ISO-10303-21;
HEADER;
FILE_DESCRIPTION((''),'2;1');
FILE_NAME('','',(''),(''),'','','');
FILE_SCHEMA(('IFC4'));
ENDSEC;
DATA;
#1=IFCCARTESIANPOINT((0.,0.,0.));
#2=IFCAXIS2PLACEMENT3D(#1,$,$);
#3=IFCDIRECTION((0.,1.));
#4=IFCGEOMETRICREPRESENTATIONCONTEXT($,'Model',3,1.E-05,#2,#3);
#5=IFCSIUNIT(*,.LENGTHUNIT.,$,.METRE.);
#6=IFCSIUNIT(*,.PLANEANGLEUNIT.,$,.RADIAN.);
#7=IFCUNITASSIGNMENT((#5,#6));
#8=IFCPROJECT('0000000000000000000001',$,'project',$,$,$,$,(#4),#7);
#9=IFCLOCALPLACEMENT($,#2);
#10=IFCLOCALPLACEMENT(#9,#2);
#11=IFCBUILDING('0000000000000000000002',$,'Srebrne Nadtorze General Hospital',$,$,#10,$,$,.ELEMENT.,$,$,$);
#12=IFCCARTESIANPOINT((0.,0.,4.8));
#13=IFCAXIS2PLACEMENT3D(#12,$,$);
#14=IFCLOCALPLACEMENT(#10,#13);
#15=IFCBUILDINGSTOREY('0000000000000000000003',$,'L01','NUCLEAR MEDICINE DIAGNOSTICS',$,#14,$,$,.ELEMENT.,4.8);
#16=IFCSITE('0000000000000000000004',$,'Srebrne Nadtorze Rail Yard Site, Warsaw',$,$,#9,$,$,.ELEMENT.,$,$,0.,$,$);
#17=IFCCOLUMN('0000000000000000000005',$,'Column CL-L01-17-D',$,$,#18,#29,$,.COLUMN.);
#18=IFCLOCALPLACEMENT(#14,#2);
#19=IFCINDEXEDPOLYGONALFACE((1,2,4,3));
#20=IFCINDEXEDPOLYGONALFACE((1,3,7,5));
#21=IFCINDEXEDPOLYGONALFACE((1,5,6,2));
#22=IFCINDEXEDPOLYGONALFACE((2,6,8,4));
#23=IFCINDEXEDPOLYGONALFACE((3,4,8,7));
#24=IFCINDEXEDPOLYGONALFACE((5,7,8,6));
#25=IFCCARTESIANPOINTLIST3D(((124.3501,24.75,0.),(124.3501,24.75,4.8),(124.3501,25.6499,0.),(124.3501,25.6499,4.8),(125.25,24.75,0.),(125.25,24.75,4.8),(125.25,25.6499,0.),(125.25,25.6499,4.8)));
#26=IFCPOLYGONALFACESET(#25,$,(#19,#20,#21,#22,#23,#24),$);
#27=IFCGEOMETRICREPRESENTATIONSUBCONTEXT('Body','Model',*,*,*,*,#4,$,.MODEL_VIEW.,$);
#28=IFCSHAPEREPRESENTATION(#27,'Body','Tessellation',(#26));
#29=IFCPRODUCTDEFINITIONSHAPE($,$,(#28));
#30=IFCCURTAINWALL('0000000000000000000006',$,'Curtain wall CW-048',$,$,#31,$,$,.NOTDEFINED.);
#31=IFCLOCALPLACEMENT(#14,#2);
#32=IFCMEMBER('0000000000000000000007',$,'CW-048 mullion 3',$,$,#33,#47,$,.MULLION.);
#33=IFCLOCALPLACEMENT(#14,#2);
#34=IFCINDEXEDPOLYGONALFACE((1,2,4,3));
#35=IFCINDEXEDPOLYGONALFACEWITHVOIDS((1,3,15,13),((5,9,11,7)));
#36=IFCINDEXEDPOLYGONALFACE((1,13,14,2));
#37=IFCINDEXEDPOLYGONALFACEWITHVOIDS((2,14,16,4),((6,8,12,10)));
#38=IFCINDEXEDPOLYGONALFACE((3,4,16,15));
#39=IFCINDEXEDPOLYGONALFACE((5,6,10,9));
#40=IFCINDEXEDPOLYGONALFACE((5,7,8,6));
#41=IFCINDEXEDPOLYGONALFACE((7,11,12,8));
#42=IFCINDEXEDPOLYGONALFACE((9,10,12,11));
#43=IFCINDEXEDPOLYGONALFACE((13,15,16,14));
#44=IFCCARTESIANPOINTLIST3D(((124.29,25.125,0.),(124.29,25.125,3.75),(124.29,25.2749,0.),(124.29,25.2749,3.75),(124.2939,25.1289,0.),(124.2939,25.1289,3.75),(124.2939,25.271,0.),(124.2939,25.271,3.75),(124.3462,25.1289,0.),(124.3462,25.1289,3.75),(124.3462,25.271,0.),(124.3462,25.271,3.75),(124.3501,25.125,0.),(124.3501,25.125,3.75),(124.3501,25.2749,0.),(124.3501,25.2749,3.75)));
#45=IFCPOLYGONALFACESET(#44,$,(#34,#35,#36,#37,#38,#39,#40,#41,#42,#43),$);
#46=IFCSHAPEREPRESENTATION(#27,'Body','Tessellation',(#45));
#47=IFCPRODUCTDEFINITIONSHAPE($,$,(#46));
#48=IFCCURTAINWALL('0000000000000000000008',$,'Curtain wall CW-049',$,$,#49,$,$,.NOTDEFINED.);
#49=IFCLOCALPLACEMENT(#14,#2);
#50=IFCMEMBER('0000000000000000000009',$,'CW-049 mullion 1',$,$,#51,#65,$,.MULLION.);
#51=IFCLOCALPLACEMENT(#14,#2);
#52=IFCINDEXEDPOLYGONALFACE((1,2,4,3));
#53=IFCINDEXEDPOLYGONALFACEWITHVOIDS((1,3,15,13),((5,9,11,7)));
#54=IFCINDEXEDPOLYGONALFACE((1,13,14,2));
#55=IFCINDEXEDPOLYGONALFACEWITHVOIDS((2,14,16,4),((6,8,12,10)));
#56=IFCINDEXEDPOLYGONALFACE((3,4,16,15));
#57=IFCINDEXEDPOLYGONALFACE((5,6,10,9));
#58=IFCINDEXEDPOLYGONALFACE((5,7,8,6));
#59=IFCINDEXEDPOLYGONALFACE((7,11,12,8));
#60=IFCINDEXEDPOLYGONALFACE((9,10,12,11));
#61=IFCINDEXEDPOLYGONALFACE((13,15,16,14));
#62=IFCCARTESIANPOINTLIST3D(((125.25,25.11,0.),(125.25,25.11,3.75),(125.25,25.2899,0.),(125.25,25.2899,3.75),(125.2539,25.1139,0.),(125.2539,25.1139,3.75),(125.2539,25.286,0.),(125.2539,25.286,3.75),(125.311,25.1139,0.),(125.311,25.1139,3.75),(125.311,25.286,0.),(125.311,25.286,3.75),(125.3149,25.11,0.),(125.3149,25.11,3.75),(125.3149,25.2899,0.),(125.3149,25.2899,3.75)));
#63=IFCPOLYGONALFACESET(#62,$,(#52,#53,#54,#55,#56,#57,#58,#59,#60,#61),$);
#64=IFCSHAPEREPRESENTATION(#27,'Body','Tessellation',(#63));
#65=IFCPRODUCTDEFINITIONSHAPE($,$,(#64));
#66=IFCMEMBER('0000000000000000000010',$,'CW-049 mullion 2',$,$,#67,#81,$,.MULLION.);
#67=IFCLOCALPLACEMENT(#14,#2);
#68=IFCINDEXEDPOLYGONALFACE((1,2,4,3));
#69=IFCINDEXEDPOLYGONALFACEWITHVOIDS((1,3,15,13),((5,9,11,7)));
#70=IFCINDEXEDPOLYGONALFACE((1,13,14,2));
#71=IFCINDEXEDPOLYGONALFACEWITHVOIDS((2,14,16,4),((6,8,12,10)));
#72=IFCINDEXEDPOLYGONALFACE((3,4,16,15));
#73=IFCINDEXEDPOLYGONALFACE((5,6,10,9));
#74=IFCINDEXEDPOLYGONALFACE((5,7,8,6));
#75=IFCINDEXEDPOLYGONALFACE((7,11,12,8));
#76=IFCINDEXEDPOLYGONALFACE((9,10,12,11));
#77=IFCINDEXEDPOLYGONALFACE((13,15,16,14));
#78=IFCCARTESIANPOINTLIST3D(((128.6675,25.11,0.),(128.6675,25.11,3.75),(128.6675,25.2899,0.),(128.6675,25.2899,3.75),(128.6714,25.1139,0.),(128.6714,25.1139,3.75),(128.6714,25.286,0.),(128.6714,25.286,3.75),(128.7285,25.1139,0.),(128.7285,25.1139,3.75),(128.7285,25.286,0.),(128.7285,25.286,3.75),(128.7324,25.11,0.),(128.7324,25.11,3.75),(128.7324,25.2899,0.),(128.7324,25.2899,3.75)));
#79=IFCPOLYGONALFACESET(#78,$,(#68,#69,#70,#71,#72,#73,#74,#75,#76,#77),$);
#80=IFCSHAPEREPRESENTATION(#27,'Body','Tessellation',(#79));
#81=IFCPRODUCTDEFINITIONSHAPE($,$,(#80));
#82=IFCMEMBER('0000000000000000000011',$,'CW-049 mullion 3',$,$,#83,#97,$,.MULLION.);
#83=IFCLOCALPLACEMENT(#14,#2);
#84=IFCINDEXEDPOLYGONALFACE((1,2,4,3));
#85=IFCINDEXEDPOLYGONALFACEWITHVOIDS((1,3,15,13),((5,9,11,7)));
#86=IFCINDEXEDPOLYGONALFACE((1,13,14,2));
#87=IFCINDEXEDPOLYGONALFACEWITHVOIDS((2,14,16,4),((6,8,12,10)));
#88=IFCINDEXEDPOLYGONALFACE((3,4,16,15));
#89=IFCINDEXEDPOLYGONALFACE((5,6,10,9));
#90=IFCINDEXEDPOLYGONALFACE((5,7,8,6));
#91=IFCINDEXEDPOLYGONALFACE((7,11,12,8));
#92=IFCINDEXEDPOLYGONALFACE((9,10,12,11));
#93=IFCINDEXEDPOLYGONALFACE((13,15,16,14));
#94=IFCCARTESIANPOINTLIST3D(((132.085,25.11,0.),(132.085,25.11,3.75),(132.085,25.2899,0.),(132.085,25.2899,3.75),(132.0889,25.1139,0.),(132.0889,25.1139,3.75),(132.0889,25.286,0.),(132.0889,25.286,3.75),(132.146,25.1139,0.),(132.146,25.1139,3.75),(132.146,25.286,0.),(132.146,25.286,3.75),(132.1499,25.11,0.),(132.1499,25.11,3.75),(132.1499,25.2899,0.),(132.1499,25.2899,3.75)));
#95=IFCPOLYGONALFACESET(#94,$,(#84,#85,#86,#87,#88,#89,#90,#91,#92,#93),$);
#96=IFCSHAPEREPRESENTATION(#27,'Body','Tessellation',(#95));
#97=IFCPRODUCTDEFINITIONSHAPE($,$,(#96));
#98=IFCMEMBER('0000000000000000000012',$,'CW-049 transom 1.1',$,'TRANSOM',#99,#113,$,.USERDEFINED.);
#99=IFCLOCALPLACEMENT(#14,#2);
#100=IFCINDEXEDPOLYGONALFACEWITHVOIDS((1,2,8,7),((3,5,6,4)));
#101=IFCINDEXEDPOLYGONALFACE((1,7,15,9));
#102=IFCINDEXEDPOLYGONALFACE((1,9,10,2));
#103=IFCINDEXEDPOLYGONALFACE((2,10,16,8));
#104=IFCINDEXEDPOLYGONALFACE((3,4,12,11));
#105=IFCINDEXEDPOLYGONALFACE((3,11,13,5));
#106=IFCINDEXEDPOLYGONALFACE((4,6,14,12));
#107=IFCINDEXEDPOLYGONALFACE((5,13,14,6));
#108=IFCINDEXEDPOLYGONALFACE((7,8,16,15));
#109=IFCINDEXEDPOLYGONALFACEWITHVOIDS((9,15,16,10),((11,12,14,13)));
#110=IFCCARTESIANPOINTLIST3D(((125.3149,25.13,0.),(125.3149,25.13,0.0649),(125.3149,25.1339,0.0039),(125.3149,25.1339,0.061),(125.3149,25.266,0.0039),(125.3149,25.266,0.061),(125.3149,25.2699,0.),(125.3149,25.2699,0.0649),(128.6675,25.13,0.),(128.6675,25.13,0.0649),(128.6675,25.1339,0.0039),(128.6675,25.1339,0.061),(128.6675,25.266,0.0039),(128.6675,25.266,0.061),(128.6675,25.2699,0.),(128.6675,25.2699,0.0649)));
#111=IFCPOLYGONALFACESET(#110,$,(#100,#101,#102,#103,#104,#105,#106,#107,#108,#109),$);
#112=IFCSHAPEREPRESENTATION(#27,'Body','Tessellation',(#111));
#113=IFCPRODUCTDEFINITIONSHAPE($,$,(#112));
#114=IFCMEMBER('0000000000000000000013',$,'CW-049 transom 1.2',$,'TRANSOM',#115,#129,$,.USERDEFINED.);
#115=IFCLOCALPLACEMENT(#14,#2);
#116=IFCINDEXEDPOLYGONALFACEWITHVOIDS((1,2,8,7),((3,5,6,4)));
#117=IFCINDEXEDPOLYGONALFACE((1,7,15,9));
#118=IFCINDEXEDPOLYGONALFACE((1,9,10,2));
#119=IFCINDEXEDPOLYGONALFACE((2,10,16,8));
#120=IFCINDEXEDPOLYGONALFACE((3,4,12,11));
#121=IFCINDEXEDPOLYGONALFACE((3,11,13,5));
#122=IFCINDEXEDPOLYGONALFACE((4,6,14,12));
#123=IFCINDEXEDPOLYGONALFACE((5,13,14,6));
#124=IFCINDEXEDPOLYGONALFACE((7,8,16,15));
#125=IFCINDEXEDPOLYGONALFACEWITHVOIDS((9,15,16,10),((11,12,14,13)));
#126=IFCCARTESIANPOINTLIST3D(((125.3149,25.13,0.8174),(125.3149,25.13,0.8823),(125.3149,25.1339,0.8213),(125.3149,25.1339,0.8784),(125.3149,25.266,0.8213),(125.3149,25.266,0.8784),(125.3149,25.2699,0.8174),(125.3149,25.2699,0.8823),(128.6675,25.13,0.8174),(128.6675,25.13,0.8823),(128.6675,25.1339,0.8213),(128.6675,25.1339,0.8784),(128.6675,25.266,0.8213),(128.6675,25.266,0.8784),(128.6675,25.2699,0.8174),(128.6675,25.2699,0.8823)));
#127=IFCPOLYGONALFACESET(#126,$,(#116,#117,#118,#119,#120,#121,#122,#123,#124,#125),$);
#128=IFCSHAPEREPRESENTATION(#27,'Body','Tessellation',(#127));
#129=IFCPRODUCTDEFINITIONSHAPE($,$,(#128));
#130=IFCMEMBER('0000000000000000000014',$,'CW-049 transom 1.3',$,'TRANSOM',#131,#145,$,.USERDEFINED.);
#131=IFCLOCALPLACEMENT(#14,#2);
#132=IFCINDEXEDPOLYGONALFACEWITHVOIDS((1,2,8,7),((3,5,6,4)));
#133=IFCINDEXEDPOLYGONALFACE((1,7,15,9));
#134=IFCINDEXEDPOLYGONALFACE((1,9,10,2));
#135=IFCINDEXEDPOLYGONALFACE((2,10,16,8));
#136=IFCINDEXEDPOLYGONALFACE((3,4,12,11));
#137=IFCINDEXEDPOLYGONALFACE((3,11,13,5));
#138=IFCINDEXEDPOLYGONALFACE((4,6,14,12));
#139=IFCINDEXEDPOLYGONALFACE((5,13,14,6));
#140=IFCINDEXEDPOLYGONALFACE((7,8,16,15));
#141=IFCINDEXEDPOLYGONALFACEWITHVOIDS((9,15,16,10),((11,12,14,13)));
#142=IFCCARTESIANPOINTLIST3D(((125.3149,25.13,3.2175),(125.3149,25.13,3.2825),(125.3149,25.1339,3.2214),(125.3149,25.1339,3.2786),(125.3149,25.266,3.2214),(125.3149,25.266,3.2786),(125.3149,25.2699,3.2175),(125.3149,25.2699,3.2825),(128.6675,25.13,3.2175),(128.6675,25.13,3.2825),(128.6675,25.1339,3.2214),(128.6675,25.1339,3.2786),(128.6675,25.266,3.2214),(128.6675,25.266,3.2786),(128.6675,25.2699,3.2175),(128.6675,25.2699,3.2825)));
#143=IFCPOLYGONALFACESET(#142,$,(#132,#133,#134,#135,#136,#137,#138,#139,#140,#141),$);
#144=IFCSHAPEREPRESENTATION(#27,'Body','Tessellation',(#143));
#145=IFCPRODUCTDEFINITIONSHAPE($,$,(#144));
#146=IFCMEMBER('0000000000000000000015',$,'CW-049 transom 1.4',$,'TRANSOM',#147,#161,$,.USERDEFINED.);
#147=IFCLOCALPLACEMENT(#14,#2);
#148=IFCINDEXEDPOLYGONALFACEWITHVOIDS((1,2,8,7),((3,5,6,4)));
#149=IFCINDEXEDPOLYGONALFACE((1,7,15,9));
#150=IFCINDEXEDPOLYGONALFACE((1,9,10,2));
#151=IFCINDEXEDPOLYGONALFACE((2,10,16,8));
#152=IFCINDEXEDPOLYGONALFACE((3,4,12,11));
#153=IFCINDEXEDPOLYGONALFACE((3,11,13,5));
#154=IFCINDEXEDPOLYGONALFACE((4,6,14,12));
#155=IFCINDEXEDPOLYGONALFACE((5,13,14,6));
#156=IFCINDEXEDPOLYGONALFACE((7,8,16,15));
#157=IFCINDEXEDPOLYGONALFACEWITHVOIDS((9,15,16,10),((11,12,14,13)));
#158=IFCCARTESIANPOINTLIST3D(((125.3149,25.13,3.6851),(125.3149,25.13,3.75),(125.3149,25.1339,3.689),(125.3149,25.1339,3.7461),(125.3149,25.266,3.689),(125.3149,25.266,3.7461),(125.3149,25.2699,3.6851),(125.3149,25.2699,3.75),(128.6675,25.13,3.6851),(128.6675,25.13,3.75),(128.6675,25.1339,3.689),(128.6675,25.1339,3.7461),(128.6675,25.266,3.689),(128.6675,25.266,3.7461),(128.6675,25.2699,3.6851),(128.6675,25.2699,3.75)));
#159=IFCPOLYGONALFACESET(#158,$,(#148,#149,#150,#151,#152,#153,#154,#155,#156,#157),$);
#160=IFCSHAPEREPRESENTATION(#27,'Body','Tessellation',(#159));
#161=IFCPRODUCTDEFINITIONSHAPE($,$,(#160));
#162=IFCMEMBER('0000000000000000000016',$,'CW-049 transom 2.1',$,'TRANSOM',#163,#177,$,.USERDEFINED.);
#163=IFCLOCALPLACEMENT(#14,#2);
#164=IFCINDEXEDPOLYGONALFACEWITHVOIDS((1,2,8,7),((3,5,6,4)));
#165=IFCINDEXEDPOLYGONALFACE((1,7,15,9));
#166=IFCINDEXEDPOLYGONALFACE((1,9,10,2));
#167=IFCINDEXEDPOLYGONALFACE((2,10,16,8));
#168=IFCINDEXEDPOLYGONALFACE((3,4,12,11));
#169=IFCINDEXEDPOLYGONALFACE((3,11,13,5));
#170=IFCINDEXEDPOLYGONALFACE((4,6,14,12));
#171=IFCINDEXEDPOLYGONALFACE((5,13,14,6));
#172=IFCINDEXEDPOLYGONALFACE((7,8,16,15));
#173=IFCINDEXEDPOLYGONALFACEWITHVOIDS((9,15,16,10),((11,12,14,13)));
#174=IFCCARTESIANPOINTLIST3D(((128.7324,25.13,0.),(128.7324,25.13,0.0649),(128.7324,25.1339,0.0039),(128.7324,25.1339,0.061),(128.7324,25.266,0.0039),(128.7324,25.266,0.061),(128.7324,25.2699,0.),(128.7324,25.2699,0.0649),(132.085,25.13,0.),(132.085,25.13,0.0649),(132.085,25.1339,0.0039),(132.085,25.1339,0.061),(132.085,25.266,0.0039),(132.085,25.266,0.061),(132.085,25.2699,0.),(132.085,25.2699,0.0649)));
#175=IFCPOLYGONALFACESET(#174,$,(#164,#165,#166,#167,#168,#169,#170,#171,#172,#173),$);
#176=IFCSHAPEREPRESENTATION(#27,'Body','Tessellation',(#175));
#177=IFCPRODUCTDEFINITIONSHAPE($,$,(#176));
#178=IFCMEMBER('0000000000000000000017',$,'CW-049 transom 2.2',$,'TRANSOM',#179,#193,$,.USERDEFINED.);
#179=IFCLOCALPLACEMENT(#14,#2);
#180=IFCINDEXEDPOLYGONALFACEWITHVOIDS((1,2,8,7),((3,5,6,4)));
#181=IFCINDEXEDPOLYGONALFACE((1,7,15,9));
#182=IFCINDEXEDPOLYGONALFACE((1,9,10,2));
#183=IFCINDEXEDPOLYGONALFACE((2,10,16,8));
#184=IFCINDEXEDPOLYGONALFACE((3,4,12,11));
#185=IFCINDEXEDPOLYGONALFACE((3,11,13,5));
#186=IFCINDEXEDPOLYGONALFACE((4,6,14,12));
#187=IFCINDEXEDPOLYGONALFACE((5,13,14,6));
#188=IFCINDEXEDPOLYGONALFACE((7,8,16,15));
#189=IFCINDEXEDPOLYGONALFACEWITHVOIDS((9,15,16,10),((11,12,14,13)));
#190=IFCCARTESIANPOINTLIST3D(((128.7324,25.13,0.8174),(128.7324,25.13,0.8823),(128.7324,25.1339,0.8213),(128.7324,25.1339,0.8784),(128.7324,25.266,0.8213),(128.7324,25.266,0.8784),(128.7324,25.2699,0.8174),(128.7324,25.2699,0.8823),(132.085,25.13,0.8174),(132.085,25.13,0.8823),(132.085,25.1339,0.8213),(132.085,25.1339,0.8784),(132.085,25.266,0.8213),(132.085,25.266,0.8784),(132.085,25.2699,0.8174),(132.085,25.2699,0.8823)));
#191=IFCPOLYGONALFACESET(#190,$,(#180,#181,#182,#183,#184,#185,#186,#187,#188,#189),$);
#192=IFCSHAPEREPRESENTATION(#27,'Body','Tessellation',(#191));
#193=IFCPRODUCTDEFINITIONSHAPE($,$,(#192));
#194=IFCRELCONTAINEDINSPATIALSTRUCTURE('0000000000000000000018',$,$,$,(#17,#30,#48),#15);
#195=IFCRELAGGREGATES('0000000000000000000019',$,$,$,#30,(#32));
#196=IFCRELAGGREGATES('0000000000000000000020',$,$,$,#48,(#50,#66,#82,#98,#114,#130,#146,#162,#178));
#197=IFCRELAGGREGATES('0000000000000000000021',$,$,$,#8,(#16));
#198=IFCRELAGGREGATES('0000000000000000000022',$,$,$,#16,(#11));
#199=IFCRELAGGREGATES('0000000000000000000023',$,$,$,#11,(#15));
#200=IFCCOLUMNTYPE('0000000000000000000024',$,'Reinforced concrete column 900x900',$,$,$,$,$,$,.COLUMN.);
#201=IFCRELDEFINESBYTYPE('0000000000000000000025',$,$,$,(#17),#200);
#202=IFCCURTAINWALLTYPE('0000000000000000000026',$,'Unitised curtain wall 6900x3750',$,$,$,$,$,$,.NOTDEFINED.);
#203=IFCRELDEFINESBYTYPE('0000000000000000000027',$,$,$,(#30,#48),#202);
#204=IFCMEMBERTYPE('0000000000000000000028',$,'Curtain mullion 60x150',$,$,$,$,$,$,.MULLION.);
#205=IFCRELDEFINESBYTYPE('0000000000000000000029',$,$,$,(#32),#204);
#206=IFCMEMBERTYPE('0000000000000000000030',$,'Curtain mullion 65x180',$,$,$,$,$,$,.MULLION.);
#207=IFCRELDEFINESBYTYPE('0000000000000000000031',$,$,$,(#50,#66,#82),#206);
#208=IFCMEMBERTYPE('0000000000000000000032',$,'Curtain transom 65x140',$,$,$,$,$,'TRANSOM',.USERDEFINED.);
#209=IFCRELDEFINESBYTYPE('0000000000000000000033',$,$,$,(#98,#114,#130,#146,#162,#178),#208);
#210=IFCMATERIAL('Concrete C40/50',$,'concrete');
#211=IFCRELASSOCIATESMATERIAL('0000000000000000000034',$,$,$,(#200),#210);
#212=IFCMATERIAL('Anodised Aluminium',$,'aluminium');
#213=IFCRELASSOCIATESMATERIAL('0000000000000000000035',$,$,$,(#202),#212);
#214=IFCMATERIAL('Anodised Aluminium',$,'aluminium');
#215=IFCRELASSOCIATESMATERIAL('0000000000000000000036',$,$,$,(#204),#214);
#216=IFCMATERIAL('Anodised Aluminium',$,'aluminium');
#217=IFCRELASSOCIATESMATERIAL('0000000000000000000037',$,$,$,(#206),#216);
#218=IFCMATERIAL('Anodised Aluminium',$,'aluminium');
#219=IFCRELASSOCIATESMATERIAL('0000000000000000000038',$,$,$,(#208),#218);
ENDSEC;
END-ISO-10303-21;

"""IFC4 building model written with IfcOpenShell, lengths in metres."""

from ifc_helpers import new_model, si_unit, direction, frame, origin, origin_2d, place, context, subcontext, project, spatial, rectangle, hollow_rectangle, extrude, material, material_profile, profile_set, type_object, element, aggregate, save


model = new_model("IFC4")

# Units and contexts
model_context = context("Model", 3, precision=1e-05, world=origin(), true_north=direction((0.0, 1.0)))
body_context = subcontext(model_context, "Body", "Model", "MODEL_VIEW")
ifc_project = project(units=[si_unit("LENGTHUNIT", "METRE"), si_unit("PLANEANGLEUNIT", "RADIAN")], contexts=[model_context])

# Site, building, storey
site_placement = place(None, origin())
site = spatial("IfcSite", under=ifc_project, at=site_placement, Name="Srebrne Nadtorze Rail Yard Site, Warsaw", CompositionType="ELEMENT", RefElevation=0.0)
building_placement = place(site_placement, origin())
building = spatial("IfcBuilding", under=site, at=building_placement, Name="Srebrne Nadtorze General Hospital", CompositionType="ELEMENT")
storey_placement = place(building_placement, frame((0.0, 0.0, 4.8)))
storey = spatial("IfcBuildingStorey", under=building, at=storey_placement, Name="L01", Description="NUCLEAR MEDICINE DIAGNOSTICS", CompositionType="ELEMENT", Elevation=4.8)

# Column
ifc_material_1 = material(Name="Concrete C40/50", Category="concrete")
ifc_material_profile_1 = material_profile(ifc_material_1, rectangle(XDim=0.8999, YDim=0.8999, at=origin_2d()), Name="RC-COL-900x900")
ifc_profile_set_1 = profile_set([ifc_material_profile_1], Name="Concrete C40/50")
column_type = type_object("IfcColumnType", Name="Reinforced concrete column 900x900", PredefinedType="COLUMN", material=ifc_profile_set_1)
column_placement = place(storey_placement, frame((124.8, 25.2, 0.0), z_axis=(0.0, 0.0, 1.0), x_axis=(1.0, 0.0, 0.0)))
element("IfcColumn", 1, at=column_placement, inside=storey, type_object=column_type, Name="Column CL-L01-17-D", PredefinedType="COLUMN", context=body_context, shape_type="SweptSolid", body=[
    extrude(rectangle(XDim=0.8999, YDim=0.8999, at=origin_2d()), origin(), (0.0, 0.0, 1.0), 4.8),
])

# Curtain wall, member
ifc_material_2 = material(Name="Anodised Aluminium", Category="aluminium")
curtain_wall_type = type_object("IfcCurtainWallType", Name="Unitised curtain wall 6900x3750", PredefinedType="NOTDEFINED", material=ifc_material_2)
curtain_wall_1_placement = place(storey_placement, origin())
curtain_wall_1 = element("IfcCurtainWall", 2, at=curtain_wall_1_placement, inside=storey, type_object=curtain_wall_type, Name="Curtain wall CW-048", PredefinedType="NOTDEFINED")
ifc_material_3 = material(Name="Anodised Aluminium", Category="aluminium")
ifc_material_profile_2 = material_profile(ifc_material_3, hollow_rectangle(XDim=0.0601, YDim=0.1499, WallThickness=0.0039, at=origin_2d()), Name="AL-MUL-60x150")
ifc_profile_set_2 = profile_set([ifc_material_profile_2], Name="Anodised Aluminium")
member_type_1 = type_object("IfcMemberType", Name="Curtain mullion 60x150", PredefinedType="MULLION", material=ifc_profile_set_2)
member_1_placement = place(storey_placement, frame((124.3201, 25.2, 0.0), z_axis=(0.0, 0.0, 1.0), x_axis=(1.0, 0.0, 0.0)))
member_1 = element("IfcMember", 3, at=member_1_placement, type_object=member_type_1, Name="CW-048 mullion 3", PredefinedType="MULLION", context=body_context, shape_type="SweptSolid", body=[
    extrude(hollow_rectangle(XDim=0.0601, YDim=0.1499, WallThickness=0.0039, at=origin_2d()), origin(), (0.0, 0.0, 1.0), 3.75),
])

# Curtain wall, members
curtain_wall_2_placement = place(storey_placement, origin())
curtain_wall_2 = element("IfcCurtainWall", 4, at=curtain_wall_2_placement, inside=storey, type_object=curtain_wall_type, Name="Curtain wall CW-049", PredefinedType="NOTDEFINED")
ifc_material_4 = material(Name="Anodised Aluminium", Category="aluminium")
ifc_material_profile_3 = material_profile(ifc_material_4, hollow_rectangle(XDim=0.0649, YDim=0.1799, WallThickness=0.0039, at=origin_2d()), Name="AL-MUL-65x180")
ifc_profile_set_3 = profile_set([ifc_material_profile_3], Name="Anodised Aluminium")
member_type_2 = type_object("IfcMemberType", Name="Curtain mullion 65x180", PredefinedType="MULLION", material=ifc_profile_set_3)
member_2_placement = place(storey_placement, frame((125.2825, 25.2, 0.0), z_axis=(0.0, 0.0, 1.0), x_axis=(1.0, 0.0, 0.0)))
member_2 = element("IfcMember", 5, at=member_2_placement, type_object=member_type_2, Name="CW-049 mullion 1", PredefinedType="MULLION", context=body_context, shape_type="SweptSolid", body=[
    extrude(hollow_rectangle(XDim=0.0649, YDim=0.1799, WallThickness=0.0039, at=origin_2d()), origin(), (0.0, 0.0, 1.0), 3.75),
])
member_3_placement = place(storey_placement, frame((128.7, 25.2, 0.0), z_axis=(0.0, 0.0, 1.0), x_axis=(1.0, 0.0, 0.0)))
member_3 = element("IfcMember", 6, at=member_3_placement, type_object=member_type_2, Name="CW-049 mullion 2", PredefinedType="MULLION", context=body_context, shape_type="SweptSolid", body=[
    extrude(hollow_rectangle(XDim=0.0649, YDim=0.1799, WallThickness=0.0039, at=origin_2d()), origin(), (0.0, 0.0, 1.0), 3.75),
])
member_4_placement = place(storey_placement, frame((132.1174, 25.2, 0.0), z_axis=(0.0, 0.0, 1.0), x_axis=(1.0, 0.0, 0.0)))
member_4 = element("IfcMember", 7, at=member_4_placement, type_object=member_type_2, Name="CW-049 mullion 3", PredefinedType="MULLION", context=body_context, shape_type="SweptSolid", body=[
    extrude(hollow_rectangle(XDim=0.0649, YDim=0.1799, WallThickness=0.0039, at=origin_2d()), origin(), (0.0, 0.0, 1.0), 3.75),
])
ifc_material_5 = material(Name="Anodised Aluminium", Category="aluminium")
ifc_material_profile_4 = material_profile(ifc_material_5, hollow_rectangle(XDim=0.0649, YDim=0.1399, WallThickness=0.0039, at=origin_2d()), Name="AL-TRN-65x140")
ifc_profile_set_4 = profile_set([ifc_material_profile_4], Name="Anodised Aluminium")
member_type_3 = type_object("IfcMemberType", Name="Curtain transom 65x140", ElementType="TRANSOM", PredefinedType="USERDEFINED", material=ifc_profile_set_4)
member_5_placement = place(storey_placement, frame((125.3149, 25.2, 0.0325), z_axis=(1.0, 0.0, 0.0), x_axis=(0.0, 0.0, 1.0)))
member_5 = element("IfcMember", 8, at=member_5_placement, type_object=member_type_3, Name="CW-049 transom 1.1", ObjectType="TRANSOM", PredefinedType="USERDEFINED", context=body_context, shape_type="SweptSolid", body=[
    extrude(hollow_rectangle(XDim=0.0649, YDim=0.1399, WallThickness=0.0039, at=origin_2d()), origin(), (0.0, 0.0, 1.0), 3.3525),
])
member_6_placement = place(storey_placement, frame((125.3149, 25.2, 0.8499), z_axis=(1.0, 0.0, 0.0), x_axis=(0.0, 0.0, 1.0)))
member_6 = element("IfcMember", 9, at=member_6_placement, type_object=member_type_3, Name="CW-049 transom 1.2", ObjectType="TRANSOM", PredefinedType="USERDEFINED", context=body_context, shape_type="SweptSolid", body=[
    extrude(hollow_rectangle(XDim=0.0649, YDim=0.1399, WallThickness=0.0039, at=origin_2d()), origin(), (0.0, 0.0, 1.0), 3.3525),
])
member_7_placement = place(storey_placement, frame((125.3149, 25.2, 3.25), z_axis=(1.0, 0.0, 0.0), x_axis=(0.0, 0.0, 1.0)))
member_7 = element("IfcMember", 10, at=member_7_placement, type_object=member_type_3, Name="CW-049 transom 1.3", ObjectType="TRANSOM", PredefinedType="USERDEFINED", context=body_context, shape_type="SweptSolid", body=[
    extrude(hollow_rectangle(XDim=0.0649, YDim=0.1399, WallThickness=0.0039, at=origin_2d()), origin(), (0.0, 0.0, 1.0), 3.3525),
])
member_8_placement = place(storey_placement, frame((125.3149, 25.2, 3.7175), z_axis=(1.0, 0.0, 0.0), x_axis=(0.0, 0.0, 1.0)))
member_8 = element("IfcMember", 11, at=member_8_placement, type_object=member_type_3, Name="CW-049 transom 1.4", ObjectType="TRANSOM", PredefinedType="USERDEFINED", context=body_context, shape_type="SweptSolid", body=[
    extrude(hollow_rectangle(XDim=0.0649, YDim=0.1399, WallThickness=0.0039, at=origin_2d()), origin(), (0.0, 0.0, 1.0), 3.3525),
])
member_9_placement = place(storey_placement, frame((128.7324, 25.2, 0.0325), z_axis=(1.0, 0.0, 0.0), x_axis=(0.0, 0.0, 1.0)))
member_9 = element("IfcMember", 12, at=member_9_placement, type_object=member_type_3, Name="CW-049 transom 2.1", ObjectType="TRANSOM", PredefinedType="USERDEFINED", context=body_context, shape_type="SweptSolid", body=[
    extrude(hollow_rectangle(XDim=0.0649, YDim=0.1399, WallThickness=0.0039, at=origin_2d()), origin(), (0.0, 0.0, 1.0), 3.3525),
])
member_10_placement = place(storey_placement, frame((128.7324, 25.2, 0.8499), z_axis=(1.0, 0.0, 0.0), x_axis=(0.0, 0.0, 1.0)))
member_10 = element("IfcMember", 13, at=member_10_placement, type_object=member_type_3, Name="CW-049 transom 2.2", ObjectType="TRANSOM", PredefinedType="USERDEFINED", context=body_context, shape_type="SweptSolid", body=[
    extrude(hollow_rectangle(XDim=0.0649, YDim=0.1399, WallThickness=0.0039, at=origin_2d()), origin(), (0.0, 0.0, 1.0), 3.3525),
])

aggregate(curtain_wall_1, [member_1])
aggregate(curtain_wall_2, [member_2, member_3, member_4, member_5, member_6, member_7, member_8, member_9, member_10])

save(model, "model.ifc")
